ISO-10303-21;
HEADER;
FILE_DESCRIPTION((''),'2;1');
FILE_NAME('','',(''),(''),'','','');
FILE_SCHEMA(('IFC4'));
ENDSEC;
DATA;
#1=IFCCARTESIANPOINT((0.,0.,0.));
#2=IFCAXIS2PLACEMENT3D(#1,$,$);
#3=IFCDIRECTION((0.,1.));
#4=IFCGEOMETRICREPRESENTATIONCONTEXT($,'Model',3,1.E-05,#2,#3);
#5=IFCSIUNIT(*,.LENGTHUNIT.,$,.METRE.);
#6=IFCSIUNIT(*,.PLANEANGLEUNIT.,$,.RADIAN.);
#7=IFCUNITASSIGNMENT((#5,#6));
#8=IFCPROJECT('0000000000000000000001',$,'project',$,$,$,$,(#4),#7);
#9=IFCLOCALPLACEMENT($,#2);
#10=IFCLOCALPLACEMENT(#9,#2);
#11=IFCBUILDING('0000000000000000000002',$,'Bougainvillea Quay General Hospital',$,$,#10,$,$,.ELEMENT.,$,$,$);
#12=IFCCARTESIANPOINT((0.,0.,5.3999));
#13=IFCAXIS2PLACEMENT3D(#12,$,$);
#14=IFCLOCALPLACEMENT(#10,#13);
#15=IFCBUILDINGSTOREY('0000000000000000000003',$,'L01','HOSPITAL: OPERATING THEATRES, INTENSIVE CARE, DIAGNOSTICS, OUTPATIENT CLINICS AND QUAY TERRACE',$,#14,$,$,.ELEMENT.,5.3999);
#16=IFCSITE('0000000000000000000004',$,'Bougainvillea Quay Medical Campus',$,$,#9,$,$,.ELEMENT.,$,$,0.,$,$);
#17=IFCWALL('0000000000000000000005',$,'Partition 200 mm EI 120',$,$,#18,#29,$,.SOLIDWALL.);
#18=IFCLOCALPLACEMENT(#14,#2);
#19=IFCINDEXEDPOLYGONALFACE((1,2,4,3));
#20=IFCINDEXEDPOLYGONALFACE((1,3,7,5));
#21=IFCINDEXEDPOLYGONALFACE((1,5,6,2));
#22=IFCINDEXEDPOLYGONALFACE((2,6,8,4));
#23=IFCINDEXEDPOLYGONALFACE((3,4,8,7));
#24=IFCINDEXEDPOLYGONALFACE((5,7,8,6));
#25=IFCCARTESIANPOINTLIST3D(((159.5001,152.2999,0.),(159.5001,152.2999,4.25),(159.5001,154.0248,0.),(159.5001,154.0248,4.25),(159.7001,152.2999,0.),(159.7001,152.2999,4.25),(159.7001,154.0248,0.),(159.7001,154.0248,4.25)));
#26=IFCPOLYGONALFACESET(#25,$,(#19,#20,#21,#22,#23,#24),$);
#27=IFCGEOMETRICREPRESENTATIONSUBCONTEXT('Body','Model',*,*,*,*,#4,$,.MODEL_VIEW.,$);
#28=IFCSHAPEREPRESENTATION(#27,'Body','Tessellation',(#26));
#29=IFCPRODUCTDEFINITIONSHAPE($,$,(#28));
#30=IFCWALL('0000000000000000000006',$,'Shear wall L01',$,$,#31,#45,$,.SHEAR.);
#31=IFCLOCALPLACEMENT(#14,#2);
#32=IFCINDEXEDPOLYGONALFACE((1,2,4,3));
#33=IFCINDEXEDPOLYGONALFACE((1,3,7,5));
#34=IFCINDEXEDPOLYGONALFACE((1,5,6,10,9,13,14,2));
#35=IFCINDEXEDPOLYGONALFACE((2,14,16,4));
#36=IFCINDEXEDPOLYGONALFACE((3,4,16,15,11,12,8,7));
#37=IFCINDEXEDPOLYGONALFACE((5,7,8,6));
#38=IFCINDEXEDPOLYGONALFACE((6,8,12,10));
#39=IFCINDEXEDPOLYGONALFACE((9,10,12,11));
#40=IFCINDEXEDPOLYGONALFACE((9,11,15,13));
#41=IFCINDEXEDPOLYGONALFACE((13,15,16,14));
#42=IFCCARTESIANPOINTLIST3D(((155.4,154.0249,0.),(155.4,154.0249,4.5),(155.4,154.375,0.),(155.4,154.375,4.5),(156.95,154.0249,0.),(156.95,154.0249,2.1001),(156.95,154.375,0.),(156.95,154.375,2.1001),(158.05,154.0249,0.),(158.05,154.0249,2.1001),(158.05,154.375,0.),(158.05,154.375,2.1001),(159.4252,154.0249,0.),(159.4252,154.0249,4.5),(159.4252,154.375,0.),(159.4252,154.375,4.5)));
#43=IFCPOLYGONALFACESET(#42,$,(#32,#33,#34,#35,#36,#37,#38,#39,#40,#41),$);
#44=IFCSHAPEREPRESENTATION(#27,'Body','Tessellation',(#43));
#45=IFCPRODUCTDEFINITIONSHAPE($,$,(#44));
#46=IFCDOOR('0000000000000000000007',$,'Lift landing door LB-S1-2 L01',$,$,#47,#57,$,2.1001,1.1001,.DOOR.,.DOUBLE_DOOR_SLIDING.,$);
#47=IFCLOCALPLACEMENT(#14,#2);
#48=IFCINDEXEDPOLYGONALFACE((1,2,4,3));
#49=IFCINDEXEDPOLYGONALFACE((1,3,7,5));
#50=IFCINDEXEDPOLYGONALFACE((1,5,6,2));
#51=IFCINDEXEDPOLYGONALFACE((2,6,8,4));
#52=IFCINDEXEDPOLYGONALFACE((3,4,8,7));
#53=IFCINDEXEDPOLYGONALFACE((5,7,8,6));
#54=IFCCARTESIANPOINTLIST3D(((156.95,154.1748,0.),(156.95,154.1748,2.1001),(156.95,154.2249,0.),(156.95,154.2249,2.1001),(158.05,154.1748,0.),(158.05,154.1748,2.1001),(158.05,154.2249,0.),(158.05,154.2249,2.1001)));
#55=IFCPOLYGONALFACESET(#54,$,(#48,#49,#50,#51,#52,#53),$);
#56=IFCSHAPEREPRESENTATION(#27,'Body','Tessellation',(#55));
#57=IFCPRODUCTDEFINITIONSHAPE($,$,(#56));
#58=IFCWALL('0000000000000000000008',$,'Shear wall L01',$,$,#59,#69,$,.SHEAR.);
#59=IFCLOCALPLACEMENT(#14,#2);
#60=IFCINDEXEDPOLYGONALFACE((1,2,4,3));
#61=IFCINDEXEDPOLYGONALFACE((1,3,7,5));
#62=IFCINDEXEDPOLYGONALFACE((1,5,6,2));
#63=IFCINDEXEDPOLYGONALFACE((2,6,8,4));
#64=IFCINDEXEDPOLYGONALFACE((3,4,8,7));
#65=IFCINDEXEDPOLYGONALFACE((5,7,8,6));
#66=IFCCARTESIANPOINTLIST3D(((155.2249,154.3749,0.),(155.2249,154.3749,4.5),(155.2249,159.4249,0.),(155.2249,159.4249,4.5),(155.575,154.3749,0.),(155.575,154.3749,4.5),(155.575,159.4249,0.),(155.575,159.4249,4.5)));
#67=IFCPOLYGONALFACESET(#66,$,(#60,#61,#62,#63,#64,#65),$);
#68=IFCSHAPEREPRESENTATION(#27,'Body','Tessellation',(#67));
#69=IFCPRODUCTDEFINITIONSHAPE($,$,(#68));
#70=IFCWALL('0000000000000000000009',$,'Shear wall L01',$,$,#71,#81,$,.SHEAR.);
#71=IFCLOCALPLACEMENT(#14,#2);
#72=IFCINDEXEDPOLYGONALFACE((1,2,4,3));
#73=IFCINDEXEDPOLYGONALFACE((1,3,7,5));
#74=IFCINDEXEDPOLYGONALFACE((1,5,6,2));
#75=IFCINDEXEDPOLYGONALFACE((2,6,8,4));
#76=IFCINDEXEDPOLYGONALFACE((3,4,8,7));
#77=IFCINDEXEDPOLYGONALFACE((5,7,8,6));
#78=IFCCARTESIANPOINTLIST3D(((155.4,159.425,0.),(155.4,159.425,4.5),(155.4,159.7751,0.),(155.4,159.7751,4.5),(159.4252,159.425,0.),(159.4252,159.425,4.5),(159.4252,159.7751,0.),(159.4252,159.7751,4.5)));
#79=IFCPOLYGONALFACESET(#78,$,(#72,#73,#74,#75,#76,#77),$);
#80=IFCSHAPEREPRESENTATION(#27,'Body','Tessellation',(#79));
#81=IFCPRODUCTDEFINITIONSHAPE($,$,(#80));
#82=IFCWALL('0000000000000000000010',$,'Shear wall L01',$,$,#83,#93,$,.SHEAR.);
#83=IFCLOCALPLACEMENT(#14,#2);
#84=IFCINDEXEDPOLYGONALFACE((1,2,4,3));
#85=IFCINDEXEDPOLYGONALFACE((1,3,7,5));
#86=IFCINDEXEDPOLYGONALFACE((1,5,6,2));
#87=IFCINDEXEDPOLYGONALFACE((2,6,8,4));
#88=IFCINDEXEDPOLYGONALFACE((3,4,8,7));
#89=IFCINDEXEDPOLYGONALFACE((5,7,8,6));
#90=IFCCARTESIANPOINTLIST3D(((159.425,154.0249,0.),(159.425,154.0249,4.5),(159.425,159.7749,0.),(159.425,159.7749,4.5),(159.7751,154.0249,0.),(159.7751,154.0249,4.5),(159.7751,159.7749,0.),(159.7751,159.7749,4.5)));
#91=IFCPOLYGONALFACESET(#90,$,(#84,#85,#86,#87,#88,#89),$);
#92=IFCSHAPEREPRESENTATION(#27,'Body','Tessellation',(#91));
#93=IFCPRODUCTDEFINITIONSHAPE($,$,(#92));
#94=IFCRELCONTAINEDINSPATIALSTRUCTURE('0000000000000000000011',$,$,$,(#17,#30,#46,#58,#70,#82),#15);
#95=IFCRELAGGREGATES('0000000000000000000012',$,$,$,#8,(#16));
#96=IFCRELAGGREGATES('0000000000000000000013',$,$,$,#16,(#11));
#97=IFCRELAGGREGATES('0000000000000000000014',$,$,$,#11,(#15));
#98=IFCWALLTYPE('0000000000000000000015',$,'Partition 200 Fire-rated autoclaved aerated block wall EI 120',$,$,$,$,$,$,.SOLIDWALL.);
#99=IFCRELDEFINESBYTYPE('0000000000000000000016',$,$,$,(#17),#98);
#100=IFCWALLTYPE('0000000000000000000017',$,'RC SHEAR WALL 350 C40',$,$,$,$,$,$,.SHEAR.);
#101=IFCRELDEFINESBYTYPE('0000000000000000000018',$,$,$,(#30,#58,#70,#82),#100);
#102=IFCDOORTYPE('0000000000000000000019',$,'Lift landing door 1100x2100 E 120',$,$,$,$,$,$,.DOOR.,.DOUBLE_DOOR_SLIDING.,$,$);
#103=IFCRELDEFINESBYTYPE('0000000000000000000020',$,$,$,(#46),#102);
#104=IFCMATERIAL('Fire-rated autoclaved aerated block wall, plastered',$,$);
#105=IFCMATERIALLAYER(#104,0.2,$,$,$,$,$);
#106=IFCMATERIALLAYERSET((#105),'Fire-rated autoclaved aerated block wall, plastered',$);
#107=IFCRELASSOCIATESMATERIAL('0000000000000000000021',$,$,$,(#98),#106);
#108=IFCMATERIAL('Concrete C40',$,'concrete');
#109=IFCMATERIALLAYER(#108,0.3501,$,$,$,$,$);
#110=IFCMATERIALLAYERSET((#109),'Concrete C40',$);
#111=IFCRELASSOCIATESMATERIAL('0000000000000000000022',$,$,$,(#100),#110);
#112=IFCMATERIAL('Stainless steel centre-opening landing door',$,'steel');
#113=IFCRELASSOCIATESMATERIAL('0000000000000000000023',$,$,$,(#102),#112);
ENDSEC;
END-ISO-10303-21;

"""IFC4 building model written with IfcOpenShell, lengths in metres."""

from ifc_helpers import new_model, si_unit, direction, frame, frame_2d, origin, place, context, subcontext, project, spatial, rectangle, extrude, material, layer, layer_set, type_object, element, fill, save


model = new_model("IFC4")

# Units and contexts
model_context = context("Model", 3, precision=1e-05, world=origin(), true_north=direction((0.0, 1.0)))
body_context = subcontext(model_context, "Body", "Model", "MODEL_VIEW")
ifc_project = project(units=[si_unit("LENGTHUNIT", "METRE"), si_unit("PLANEANGLEUNIT", "RADIAN")], contexts=[model_context])

# Site, building, storey
site_placement = place(None, origin())
site = spatial("IfcSite", under=ifc_project, at=site_placement, Name="Bougainvillea Quay Medical Campus", CompositionType="ELEMENT", RefElevation=0.0)
building_placement = place(site_placement, origin())
building = spatial("IfcBuilding", under=site, at=building_placement, Name="Bougainvillea Quay General Hospital", CompositionType="ELEMENT")
storey_placement = place(building_placement, frame((0.0, 0.0, 5.3999)))
storey = spatial("IfcBuildingStorey", under=building, at=storey_placement, Name="L01", Description="HOSPITAL: OPERATING THEATRES, INTENSIVE CARE, DIAGNOSTICS, OUTPATIENT CLINICS AND QUAY TERRACE", CompositionType="ELEMENT", Elevation=5.3999)

# Shared definitions
ifc_material_1 = material(Name="Concrete C40", Category="concrete")

# Shared definitions
ifc_material_2 = material(Name="Fire-rated autoclaved aerated block wall, plastered")
ifc_layer_1 = layer(ifc_material_2, 0.2)
ifc_layer_set_1 = layer_set([ifc_layer_1], Name="Fire-rated autoclaved aerated block wall, plastered")
wall_type_1 = type_object("IfcWallType", Name="Partition 200 Fire-rated autoclaved aerated block wall EI 120", PredefinedType="SOLIDWALL", material=ifc_layer_set_1)

# Wall
wall_1_placement = place(storey_placement, frame((159.6001, 152.3, 0.0), z_axis=(0.0, 0.0, 1.0), x_axis=(0.0, 1.0, 0.0)))
element("IfcWall", 1, at=wall_1_placement, inside=storey, type_object=wall_type_1, Name="Partition 200 mm EI 120", PredefinedType="SOLIDWALL", context=body_context, shape_type="SweptSolid", body=[
    extrude(rectangle(XDim=1.7249, YDim=0.2, at=frame_2d((0.8623, 0.0))), origin(), (0.0, 0.0, 1.0), 4.25),
])

# Wall, opening, door
ifc_layer_2 = layer(ifc_material_1, 0.3501)
ifc_layer_set_2 = layer_set([ifc_layer_2], Name="Concrete C40")
wall_type_2 = type_object("IfcWallType", Name="RC SHEAR WALL 350 C40", PredefinedType="SHEAR", material=ifc_layer_set_2)
wall_2_placement = place(storey_placement, frame((155.3999, 154.2, 0.0), z_axis=(0.0, 0.0, 1.0), x_axis=(1.0, 0.0, 0.0)))
wall_2 = element("IfcWall", 2, at=wall_2_placement, inside=storey, type_object=wall_type_2, Name="Shear wall L01", PredefinedType="SHEAR", context=body_context, shape_type="SweptSolid", body=[
    extrude(rectangle(XDim=4.0251, YDim=0.3501, at=frame_2d((2.0127, 0.0))), origin(), (0.0, 0.0, 1.0), 4.5),
])
opening_1_placement = place(wall_2_placement, frame((1.55, 0.0, 0.0)))
opening_1 = element("IfcOpeningElement", 3, at=opening_1_placement, cuts=wall_2, PredefinedType="OPENING", context=body_context, shape_type="SweptSolid", body=[
    extrude(rectangle(XDim=1.1001, YDim=2.1001, at=frame_2d((0.55, 1.05))), frame((0.0, 0.1851, 0.0), z_axis=(0.0, -1.0, 0.0), x_axis=(1.0, 0.0, 0.0)), (0.0, 0.0, 1.0), 0.3701),
])
ifc_material_3 = material(Name="Stainless steel centre-opening landing door", Category="steel")
door_type_1 = type_object("IfcDoorType", Name="Lift landing door 1100x2100 E 120", OperationType="DOUBLE_DOOR_SLIDING", PredefinedType="DOOR", material=ifc_material_3)
door_1_placement = place(opening_1_placement, origin())
door_1 = element("IfcDoor", 4, at=door_1_placement, inside=storey, type_object=door_type_1, Name="Lift landing door LB-S1-2 L01", OperationType="DOUBLE_DOOR_SLIDING", OverallHeight=2.1001, OverallWidth=1.1001, PredefinedType="DOOR", context=body_context, shape_type="SweptSolid", body=[
    extrude(rectangle(XDim=1.1001, YDim=2.1001, at=frame_2d((0.55, 1.05))), frame((0.0, 0.0249, 0.0), z_axis=(0.0, -1.0, 0.0), x_axis=(1.0, 0.0, 0.0)), (0.0, 0.0, 1.0), 0.05),
])
fill(opening_1, door_1)

# Walls
wall_3_placement = place(storey_placement, frame((155.3999, 154.375, 0.0), z_axis=(0.0, 0.0, 1.0), x_axis=(0.0, 1.0, 0.0)))
element("IfcWall", 5, at=wall_3_placement, inside=storey, type_object=wall_type_2, Name="Shear wall L01", PredefinedType="SHEAR", context=body_context, shape_type="SweptSolid", body=[
    extrude(rectangle(XDim=5.05, YDim=0.3501, at=frame_2d((2.5249, 0.0))), origin(), (0.0, 0.0, 1.0), 4.5),
])
wall_4_placement = place(storey_placement, frame((155.3999, 159.6001, 0.0), z_axis=(0.0, 0.0, 1.0), x_axis=(1.0, 0.0, 0.0)))
element("IfcWall", 6, at=wall_4_placement, inside=storey, type_object=wall_type_2, Name="Shear wall L01", PredefinedType="SHEAR", context=body_context, shape_type="SweptSolid", body=[
    extrude(rectangle(XDim=4.0251, YDim=0.3501, at=frame_2d((2.0127, 0.0))), origin(), (0.0, 0.0, 1.0), 4.5),
])
wall_5_placement = place(storey_placement, frame((159.6001, 154.0249, 0.0), z_axis=(0.0, 0.0, 1.0), x_axis=(0.0, 1.0, 0.0)))
element("IfcWall", 7, at=wall_5_placement, inside=storey, type_object=wall_type_2, Name="Shear wall L01", PredefinedType="SHEAR", context=body_context, shape_type="SweptSolid", body=[
    extrude(rectangle(XDim=5.75, YDim=0.3501, at=frame_2d((2.875, 0.0))), origin(), (0.0, 0.0, 1.0), 4.5),
])

save(model, "model.ifc")
